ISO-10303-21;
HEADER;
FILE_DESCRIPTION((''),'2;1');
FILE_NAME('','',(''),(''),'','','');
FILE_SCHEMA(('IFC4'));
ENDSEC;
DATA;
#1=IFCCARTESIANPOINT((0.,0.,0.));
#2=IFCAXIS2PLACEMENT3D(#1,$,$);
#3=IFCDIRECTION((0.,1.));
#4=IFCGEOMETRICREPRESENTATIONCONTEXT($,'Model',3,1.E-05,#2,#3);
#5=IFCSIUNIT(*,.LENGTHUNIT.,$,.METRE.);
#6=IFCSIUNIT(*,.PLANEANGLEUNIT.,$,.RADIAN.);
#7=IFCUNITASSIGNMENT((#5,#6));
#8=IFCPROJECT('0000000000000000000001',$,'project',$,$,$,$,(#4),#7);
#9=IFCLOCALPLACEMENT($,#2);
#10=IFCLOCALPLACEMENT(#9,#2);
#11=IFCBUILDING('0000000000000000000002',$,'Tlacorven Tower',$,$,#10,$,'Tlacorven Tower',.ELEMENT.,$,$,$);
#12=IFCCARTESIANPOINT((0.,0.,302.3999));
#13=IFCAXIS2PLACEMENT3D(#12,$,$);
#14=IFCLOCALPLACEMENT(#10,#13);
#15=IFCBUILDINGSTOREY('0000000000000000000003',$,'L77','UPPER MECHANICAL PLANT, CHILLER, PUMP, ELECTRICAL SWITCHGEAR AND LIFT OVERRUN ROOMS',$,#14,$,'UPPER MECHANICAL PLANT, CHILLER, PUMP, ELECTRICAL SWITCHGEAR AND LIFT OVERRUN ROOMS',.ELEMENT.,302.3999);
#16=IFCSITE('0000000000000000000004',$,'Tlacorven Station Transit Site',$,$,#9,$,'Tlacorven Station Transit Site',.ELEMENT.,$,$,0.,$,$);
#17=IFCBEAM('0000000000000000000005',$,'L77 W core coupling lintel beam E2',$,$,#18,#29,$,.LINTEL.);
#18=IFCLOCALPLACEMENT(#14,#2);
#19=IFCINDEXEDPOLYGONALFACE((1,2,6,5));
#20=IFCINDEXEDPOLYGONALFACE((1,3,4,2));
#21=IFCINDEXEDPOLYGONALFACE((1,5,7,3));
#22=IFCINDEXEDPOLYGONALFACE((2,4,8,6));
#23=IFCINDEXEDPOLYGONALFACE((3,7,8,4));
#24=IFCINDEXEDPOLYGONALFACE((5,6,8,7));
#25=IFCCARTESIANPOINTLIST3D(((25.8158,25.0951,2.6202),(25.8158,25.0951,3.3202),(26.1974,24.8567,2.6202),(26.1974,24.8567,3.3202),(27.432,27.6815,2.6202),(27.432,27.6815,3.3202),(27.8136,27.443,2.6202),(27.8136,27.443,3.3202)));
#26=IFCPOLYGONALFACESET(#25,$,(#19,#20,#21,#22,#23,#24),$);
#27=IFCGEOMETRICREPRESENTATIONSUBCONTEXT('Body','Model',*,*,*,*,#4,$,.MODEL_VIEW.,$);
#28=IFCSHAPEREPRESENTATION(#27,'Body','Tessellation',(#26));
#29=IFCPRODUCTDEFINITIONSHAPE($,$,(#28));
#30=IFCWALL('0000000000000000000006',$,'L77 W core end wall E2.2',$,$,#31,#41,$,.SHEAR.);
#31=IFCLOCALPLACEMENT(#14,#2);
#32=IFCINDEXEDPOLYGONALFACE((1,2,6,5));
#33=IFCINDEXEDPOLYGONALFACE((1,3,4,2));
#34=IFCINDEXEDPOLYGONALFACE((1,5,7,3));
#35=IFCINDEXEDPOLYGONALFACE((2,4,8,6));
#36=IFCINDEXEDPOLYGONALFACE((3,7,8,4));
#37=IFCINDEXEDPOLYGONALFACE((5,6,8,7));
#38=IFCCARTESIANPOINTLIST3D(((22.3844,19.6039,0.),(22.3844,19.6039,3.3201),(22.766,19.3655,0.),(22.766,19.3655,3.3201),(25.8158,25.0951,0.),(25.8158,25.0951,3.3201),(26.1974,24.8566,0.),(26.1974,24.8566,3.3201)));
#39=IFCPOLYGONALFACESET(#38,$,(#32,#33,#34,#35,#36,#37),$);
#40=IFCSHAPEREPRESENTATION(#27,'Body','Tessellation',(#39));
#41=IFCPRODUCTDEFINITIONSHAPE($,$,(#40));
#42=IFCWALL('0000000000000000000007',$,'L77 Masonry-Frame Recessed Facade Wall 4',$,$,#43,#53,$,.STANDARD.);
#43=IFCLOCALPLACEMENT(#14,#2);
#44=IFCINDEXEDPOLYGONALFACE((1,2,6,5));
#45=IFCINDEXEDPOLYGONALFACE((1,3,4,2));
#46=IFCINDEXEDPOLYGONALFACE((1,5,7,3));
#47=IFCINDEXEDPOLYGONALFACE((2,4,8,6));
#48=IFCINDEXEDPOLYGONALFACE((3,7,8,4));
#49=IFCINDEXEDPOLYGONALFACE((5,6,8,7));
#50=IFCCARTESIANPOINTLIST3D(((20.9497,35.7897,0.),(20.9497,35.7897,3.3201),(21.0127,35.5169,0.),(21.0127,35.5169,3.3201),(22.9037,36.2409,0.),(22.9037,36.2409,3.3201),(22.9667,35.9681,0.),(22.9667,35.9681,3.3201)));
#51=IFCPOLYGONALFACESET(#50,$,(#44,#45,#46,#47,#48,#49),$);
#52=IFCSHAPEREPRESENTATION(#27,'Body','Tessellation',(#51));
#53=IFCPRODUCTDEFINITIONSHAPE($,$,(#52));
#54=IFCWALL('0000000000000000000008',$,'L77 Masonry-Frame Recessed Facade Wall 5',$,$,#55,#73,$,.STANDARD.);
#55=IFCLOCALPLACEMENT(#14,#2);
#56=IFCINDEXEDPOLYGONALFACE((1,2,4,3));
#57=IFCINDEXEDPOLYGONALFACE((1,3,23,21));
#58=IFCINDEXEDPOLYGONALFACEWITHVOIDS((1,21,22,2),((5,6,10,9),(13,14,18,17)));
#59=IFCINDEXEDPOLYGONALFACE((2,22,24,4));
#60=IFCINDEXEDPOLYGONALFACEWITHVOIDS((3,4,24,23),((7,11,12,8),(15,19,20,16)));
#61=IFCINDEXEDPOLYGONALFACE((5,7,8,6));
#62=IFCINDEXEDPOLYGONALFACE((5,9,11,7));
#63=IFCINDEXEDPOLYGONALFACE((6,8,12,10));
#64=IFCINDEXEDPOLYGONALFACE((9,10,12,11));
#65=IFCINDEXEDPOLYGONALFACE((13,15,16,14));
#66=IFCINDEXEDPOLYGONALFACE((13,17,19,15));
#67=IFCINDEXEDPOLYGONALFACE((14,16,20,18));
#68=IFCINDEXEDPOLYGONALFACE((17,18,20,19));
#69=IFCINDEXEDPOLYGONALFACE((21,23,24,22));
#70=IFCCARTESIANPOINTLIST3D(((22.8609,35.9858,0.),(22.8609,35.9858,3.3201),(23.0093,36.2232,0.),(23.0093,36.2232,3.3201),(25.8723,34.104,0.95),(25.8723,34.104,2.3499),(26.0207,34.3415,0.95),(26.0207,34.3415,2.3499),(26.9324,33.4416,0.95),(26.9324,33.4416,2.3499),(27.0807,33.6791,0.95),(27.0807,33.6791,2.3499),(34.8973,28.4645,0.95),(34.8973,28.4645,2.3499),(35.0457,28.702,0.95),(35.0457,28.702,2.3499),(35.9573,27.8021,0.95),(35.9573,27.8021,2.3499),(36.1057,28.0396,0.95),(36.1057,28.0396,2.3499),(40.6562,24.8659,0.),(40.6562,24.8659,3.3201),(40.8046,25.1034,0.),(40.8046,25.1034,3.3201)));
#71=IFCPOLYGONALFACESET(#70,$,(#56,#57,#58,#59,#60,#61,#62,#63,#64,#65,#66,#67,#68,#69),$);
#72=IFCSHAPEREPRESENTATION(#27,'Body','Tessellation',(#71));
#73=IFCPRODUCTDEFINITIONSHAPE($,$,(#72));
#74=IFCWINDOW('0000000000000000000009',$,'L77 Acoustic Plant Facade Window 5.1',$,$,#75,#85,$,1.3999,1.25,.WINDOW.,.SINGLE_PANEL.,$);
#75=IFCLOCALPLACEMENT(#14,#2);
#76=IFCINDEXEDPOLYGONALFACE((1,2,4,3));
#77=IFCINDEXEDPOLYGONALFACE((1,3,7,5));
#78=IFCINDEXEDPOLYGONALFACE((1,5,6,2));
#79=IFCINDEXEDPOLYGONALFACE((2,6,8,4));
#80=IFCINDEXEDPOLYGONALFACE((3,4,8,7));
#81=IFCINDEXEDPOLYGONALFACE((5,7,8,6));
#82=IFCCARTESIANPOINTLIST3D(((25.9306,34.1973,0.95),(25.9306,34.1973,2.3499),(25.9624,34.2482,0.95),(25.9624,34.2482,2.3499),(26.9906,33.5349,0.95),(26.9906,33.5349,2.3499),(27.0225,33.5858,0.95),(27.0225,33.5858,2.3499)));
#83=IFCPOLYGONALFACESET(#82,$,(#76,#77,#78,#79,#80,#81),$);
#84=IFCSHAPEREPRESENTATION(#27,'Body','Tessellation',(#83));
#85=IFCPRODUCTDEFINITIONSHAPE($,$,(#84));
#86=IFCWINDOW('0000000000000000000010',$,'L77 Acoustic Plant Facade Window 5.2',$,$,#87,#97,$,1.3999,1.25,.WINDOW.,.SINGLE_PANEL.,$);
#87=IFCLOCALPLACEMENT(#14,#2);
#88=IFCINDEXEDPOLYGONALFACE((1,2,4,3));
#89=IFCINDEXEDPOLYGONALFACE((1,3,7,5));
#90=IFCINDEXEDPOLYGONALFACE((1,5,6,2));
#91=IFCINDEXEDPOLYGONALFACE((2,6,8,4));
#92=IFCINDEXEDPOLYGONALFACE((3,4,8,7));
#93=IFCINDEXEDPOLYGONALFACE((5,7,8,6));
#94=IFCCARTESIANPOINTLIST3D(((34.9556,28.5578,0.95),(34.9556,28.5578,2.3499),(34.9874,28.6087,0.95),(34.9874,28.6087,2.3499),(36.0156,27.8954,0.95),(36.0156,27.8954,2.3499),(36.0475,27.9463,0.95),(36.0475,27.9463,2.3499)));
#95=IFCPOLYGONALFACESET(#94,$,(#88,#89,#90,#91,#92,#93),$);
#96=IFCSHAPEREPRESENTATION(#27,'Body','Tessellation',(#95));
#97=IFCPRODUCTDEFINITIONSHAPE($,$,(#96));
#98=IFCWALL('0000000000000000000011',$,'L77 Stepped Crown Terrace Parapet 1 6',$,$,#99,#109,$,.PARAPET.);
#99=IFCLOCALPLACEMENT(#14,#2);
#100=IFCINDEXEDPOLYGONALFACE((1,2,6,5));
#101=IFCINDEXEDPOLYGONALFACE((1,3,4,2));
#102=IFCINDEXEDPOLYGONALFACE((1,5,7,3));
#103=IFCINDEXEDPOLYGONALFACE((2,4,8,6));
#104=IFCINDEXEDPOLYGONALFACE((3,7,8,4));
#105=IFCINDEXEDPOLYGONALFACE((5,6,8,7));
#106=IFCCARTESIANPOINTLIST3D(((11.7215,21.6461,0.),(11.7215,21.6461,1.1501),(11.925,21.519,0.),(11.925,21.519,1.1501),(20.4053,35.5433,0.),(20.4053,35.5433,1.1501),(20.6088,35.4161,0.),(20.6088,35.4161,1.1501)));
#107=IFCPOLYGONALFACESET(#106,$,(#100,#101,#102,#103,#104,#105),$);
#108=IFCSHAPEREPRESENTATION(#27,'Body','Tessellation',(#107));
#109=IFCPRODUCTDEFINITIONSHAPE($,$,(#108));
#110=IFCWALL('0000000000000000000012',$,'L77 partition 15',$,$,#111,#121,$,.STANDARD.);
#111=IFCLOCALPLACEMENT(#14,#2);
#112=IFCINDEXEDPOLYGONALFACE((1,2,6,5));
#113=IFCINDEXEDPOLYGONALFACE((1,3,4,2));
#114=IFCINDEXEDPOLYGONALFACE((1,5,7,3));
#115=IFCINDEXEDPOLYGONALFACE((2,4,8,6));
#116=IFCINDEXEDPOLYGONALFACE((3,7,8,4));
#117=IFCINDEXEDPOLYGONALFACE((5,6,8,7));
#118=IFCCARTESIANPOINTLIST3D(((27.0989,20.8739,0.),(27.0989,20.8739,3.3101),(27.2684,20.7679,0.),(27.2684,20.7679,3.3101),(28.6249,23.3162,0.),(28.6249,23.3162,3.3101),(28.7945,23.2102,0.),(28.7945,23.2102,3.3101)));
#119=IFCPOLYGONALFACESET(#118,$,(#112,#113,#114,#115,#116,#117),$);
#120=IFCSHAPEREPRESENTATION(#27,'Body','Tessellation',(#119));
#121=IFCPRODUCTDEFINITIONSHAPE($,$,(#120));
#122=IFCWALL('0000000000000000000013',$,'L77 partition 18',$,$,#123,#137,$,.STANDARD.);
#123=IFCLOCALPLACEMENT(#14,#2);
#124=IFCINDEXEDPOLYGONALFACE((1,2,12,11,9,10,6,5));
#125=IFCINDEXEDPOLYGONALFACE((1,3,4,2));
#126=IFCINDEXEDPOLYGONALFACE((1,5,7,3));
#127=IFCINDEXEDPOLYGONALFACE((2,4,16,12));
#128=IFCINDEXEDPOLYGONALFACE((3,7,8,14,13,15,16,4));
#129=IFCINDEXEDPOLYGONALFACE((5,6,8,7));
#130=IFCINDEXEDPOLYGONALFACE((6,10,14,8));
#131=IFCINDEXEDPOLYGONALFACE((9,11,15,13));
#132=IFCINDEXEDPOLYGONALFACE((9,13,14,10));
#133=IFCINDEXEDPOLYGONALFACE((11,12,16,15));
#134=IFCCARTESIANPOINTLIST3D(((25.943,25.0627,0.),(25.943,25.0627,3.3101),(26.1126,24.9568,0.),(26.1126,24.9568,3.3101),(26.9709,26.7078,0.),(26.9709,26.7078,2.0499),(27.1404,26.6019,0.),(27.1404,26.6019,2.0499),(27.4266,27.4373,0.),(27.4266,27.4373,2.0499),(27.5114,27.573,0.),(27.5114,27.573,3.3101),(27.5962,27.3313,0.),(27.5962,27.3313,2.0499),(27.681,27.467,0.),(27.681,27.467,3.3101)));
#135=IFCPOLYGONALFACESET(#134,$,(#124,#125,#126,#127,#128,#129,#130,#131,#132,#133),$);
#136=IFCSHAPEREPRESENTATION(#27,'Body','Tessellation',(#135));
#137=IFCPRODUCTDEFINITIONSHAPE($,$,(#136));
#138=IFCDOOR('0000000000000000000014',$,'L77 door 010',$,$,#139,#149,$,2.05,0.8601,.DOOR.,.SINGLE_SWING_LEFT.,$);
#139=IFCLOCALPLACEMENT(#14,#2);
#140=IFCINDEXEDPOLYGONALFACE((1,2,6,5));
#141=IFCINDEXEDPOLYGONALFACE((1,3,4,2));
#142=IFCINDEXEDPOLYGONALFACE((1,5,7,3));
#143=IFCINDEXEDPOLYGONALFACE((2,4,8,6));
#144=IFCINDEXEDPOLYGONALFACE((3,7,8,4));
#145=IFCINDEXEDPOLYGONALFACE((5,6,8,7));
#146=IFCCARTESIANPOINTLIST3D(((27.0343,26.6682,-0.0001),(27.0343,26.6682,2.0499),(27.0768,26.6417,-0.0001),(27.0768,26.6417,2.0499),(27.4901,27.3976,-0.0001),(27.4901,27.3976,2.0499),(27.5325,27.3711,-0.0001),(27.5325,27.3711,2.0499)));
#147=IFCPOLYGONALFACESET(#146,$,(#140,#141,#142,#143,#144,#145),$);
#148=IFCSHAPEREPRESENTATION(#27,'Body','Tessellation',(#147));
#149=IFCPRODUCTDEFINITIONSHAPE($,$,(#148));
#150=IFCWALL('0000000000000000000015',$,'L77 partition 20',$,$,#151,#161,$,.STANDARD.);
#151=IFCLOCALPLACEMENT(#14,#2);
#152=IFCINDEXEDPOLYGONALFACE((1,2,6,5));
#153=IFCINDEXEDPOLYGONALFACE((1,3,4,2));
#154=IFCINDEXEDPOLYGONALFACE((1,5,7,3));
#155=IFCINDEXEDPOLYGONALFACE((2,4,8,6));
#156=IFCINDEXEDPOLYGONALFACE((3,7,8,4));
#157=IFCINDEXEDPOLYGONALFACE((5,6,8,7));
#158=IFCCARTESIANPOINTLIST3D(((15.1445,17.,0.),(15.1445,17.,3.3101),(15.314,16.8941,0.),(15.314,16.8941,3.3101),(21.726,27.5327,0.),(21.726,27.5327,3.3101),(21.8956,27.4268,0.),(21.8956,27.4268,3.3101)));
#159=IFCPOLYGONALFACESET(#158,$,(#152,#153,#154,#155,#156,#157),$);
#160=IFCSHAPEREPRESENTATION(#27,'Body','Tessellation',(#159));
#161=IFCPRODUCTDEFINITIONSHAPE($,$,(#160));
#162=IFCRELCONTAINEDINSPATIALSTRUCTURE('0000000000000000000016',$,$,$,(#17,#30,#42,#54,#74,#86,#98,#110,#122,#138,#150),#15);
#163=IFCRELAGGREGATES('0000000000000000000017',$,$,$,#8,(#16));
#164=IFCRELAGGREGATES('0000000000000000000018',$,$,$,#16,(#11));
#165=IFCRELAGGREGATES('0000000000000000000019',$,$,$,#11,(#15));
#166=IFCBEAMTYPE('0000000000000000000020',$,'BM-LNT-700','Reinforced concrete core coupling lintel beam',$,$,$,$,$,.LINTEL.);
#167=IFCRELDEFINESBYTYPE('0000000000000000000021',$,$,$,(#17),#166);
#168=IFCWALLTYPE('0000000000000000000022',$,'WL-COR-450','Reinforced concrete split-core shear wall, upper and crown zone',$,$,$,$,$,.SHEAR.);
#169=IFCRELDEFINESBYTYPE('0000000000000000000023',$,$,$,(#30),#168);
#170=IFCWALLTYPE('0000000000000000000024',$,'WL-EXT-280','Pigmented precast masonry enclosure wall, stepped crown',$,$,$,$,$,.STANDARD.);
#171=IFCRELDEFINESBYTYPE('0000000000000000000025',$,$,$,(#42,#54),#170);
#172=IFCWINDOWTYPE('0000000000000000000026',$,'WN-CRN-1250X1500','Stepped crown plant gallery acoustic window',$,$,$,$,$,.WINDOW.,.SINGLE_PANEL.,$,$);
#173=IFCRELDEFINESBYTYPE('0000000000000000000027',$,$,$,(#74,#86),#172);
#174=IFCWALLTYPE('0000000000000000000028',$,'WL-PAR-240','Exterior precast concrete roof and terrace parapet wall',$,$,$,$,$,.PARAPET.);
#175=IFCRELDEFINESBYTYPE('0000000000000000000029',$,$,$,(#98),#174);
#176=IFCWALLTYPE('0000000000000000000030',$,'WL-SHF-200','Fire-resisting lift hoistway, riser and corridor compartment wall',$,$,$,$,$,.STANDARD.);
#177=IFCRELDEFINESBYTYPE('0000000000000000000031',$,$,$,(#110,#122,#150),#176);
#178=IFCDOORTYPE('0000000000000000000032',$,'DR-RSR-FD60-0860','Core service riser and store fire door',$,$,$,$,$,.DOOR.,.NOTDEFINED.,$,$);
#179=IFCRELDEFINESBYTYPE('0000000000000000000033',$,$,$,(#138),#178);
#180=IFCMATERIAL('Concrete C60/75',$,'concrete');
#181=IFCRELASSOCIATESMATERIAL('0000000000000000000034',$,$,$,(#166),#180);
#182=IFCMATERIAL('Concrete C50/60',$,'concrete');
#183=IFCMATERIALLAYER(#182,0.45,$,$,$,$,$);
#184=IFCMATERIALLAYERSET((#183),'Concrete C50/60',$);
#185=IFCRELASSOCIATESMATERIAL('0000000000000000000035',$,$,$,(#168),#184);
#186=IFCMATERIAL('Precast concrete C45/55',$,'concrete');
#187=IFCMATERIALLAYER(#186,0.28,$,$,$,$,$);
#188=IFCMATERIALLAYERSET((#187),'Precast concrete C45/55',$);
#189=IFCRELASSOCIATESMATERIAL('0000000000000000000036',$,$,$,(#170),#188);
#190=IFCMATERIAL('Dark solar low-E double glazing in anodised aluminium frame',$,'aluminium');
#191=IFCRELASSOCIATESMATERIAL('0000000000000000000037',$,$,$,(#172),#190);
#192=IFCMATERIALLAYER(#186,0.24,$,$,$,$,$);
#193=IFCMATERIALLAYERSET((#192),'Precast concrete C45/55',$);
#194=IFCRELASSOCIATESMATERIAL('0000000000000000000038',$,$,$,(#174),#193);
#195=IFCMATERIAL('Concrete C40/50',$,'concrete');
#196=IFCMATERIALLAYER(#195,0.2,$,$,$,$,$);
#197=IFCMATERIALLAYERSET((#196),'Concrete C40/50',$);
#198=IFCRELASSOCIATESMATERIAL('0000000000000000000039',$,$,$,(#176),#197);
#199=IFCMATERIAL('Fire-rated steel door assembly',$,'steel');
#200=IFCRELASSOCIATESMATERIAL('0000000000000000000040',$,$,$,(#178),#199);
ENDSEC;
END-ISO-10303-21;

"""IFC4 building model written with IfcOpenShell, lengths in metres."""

from ifc_helpers import new_model, si_unit, direction, frame, frame_2d, origin, origin_2d, place, context, subcontext, project, spatial, rectangle, extrude, source, transform, mapped, material, layer, layer_set, material_profile, profile_set, type_object, element, fill, save


model = new_model("IFC4")

# Units and contexts
model_context = context("Model", 3, precision=1e-05, world=origin(), true_north=direction((0.0, 1.0)))
body_context = subcontext(model_context, "Body", "Model", "MODEL_VIEW")
ifc_project = project(units=[si_unit("LENGTHUNIT", "METRE"), si_unit("PLANEANGLEUNIT", "RADIAN")], contexts=[model_context])

# Site, building, storey
site_placement = place(None, origin())
site = spatial("IfcSite", under=ifc_project, at=site_placement, Name="Tlacorven Station Transit Site", LongName="Tlacorven Station Transit Site", CompositionType="ELEMENT", RefElevation=0.0)
building_placement = place(site_placement, origin())
building = spatial("IfcBuilding", under=site, at=building_placement, Name="Tlacorven Tower", LongName="Tlacorven Tower", CompositionType="ELEMENT")
storey_placement = place(building_placement, frame((0.0, 0.0, 302.3999)))
storey = spatial("IfcBuildingStorey", under=building, at=storey_placement, Name="L77", Description="UPPER MECHANICAL PLANT, CHILLER, PUMP, ELECTRICAL SWITCHGEAR AND LIFT OVERRUN ROOMS", LongName="UPPER MECHANICAL PLANT, CHILLER, PUMP, ELECTRICAL SWITCHGEAR AND LIFT OVERRUN ROOMS", CompositionType="ELEMENT", Elevation=302.3999)

# Beam
ifc_material_1 = material(Name="Concrete C60/75", Category="concrete")
ifc_material_profile = material_profile(ifc_material_1, rectangle(XDim=0.45, YDim=0.7, at=origin_2d()), Name="RC 450X700")
ifc_profile_set = profile_set([ifc_material_profile], Name="Concrete C60/75")
beam_type = type_object("IfcBeamType", Name="BM-LNT-700", Description="Reinforced concrete core coupling lintel beam", PredefinedType="LINTEL", material=ifc_profile_set)
shared_shape_1 = source(origin(), body_context, "Body", "SweptSolid", [
    extrude(rectangle(XDim=0.45, YDim=0.7, at=origin_2d()), origin(), (0.0, 0.0, 1.0), 3.0498),
])
beam_placement = place(storey_placement, frame((27.6228, 27.5623, 2.9702), z_axis=(-0.529927, -0.848043, 0.0), x_axis=(0.848043, -0.529927, 0.0)))
element("IfcBeam", 1, at=beam_placement, inside=storey, type_object=beam_type, Name="L77 W core coupling lintel beam E2", PredefinedType="LINTEL", context=body_context, shape_type="MappedRepresentation", body=[
    mapped(shared_shape_1, transform((0.0, 0.0, 0.0), scale=1.0)),
])

# Walls
ifc_material_2 = material(Name="Concrete C50/60", Category="concrete")
ifc_layer_1 = layer(ifc_material_2, 0.45)
ifc_layer_set_1 = layer_set([ifc_layer_1], Name="Concrete C50/60")
wall_type_1 = type_object("IfcWallType", Name="WL-COR-450", Description="Reinforced concrete split-core shear wall, upper and crown zone", PredefinedType="SHEAR", material=ifc_layer_set_1)
wall_1_placement = place(storey_placement, frame((26.0066, 24.9758, 0.0), z_axis=(0.0, 0.0, 1.0), x_axis=(-0.529931, -0.848041, 0.0)))
element("IfcWall", 2, at=wall_1_placement, inside=storey, type_object=wall_type_1, Name="L77 W core end wall E2.2", PredefinedType="SHEAR", context=body_context, shape_type="SweptSolid", body=[
    extrude(rectangle(XDim=6.4751, YDim=0.45, at=frame_2d((3.2375, 0.0))), origin(), (0.0, 0.0, 1.0), 3.3201),
])
ifc_material_3 = material(Name="Precast concrete C45/55", Category="concrete")
ifc_layer_2 = layer(ifc_material_3, 0.28)
ifc_layer_set_2 = layer_set([ifc_layer_2], Name="Precast concrete C45/55")
wall_type_2 = type_object("IfcWallType", Name="WL-EXT-280", Description="Pigmented precast masonry enclosure wall, stepped crown", PredefinedType="STANDARD", material=ifc_layer_set_2)
wall_2_placement = place(storey_placement, frame((20.9812, 35.6533, 0.0), z_axis=(0.0, 0.0, 1.0), x_axis=(0.97436, 0.224993, 0.0)))
element("IfcWall", 3, at=wall_2_placement, inside=storey, type_object=wall_type_2, Name="L77 Masonry-Frame Recessed Facade Wall 4", PredefinedType="STANDARD", context=body_context, shape_type="SweptSolid", body=[
    extrude(rectangle(XDim=2.0054, YDim=0.28, at=frame_2d((1.0027, 0.0))), origin(), (0.0, 0.0, 1.0), 3.3201),
])

# Wall, openings, windows
wall_3_placement = place(storey_placement, frame((22.9351, 36.1045, 0.0), z_axis=(0.0, 0.0, 1.0), x_axis=(0.848047, -0.529922, 0.0)))
wall_3 = element("IfcWall", 4, at=wall_3_placement, inside=storey, type_object=wall_type_2, Name="L77 Masonry-Frame Recessed Facade Wall 5", PredefinedType="STANDARD", context=body_context, shape_type="SweptSolid", body=[
    extrude(rectangle(XDim=20.9839, YDim=0.28, at=frame_2d((10.4919, 0.0))), origin(), (0.0, 0.0, 1.0), 3.3201),
])
opening_1_placement = place(wall_3_placement, frame((3.551, 0.0, 0.95)))
opening_1 = element("IfcOpeningElement", 5, at=opening_1_placement, cuts=wall_3, PredefinedType="OPENING", context=body_context, shape_type="SweptSolid", body=[
    extrude(rectangle(XDim=1.25, YDim=1.3999, at=frame_2d((0.625, 0.7))), frame((0.0, 0.1499, 0.0), z_axis=(0.0, -1.0, 0.0), x_axis=(1.0, 0.0, 0.0)), (0.0, 0.0, 1.0), 0.3),
])
opening_2_placement = place(wall_3_placement, frame((14.1931, 0.0, 0.95)))
opening_2 = element("IfcOpeningElement", 6, at=opening_2_placement, cuts=wall_3, PredefinedType="OPENING", context=body_context, shape_type="SweptSolid", body=[
    extrude(rectangle(XDim=1.25, YDim=1.3999, at=frame_2d((0.625, 0.7))), frame((0.0, 0.1499, 0.0), z_axis=(0.0, -1.0, 0.0), x_axis=(1.0, 0.0, 0.0)), (0.0, 0.0, 1.0), 0.3),
])
ifc_material_4 = material(Name="Dark solar low-E double glazing in anodised aluminium frame", Category="aluminium")
window_type = type_object("IfcWindowType", Name="WN-CRN-1250X1500", Description="Stepped crown plant gallery acoustic window", PartitioningType="SINGLE_PANEL", PredefinedType="WINDOW", material=ifc_material_4)
shared_shape_2 = source(origin(), body_context, "Body", "SweptSolid", [
    extrude(rectangle(XDim=1.25, YDim=1.3999, at=frame_2d((0.625, 0.7))), frame((0.0, 0.03, 0.0), z_axis=(0.0, -1.0, 0.0), x_axis=(1.0, 0.0, 0.0)), (0.0, 0.0, 1.0), 0.0601),
])
window_1_placement = place(opening_1_placement, origin())
window_1 = element("IfcWindow", 7, at=window_1_placement, inside=storey, type_object=window_type, Name="L77 Acoustic Plant Facade Window 5.1", OverallHeight=1.3999, OverallWidth=1.25, PartitioningType="SINGLE_PANEL", PredefinedType="WINDOW", context=body_context, shape_type="MappedRepresentation", body=[
    mapped(shared_shape_2, transform((0.0, 0.0, 0.0), scale=1.0)),
])
fill(opening_1, window_1)
window_2_placement = place(opening_2_placement, origin())
window_2 = element("IfcWindow", 8, at=window_2_placement, inside=storey, type_object=window_type, Name="L77 Acoustic Plant Facade Window 5.2", OverallHeight=1.3999, OverallWidth=1.25, PartitioningType="SINGLE_PANEL", PredefinedType="WINDOW", context=body_context, shape_type="MappedRepresentation", body=[
    mapped(shared_shape_2, transform((0.0, 0.0, 0.0), scale=1.0)),
])
fill(opening_2, window_2)

# Walls
ifc_layer_3 = layer(ifc_material_3, 0.24)
ifc_layer_set_3 = layer_set([ifc_layer_3], Name="Precast concrete C45/55")
wall_type_3 = type_object("IfcWallType", Name="WL-PAR-240", Description="Exterior precast concrete roof and terrace parapet wall", PredefinedType="PARAPET", material=ifc_layer_set_3)
wall_4_placement = place(storey_placement, frame((20.5071, 35.4797, 0.0), z_axis=(0.0, 0.0, 1.0), x_axis=(-0.529915, -0.848051, 0.0)))
element("IfcWall", 9, at=wall_4_placement, inside=storey, type_object=wall_type_3, Name="L77 Stepped Crown Terrace Parapet 1 6", PredefinedType="PARAPET", context=body_context, shape_type="SweptSolid", body=[
    extrude(rectangle(XDim=16.3872, YDim=0.24, at=frame_2d((8.1936, 0.0))), origin(), (0.0, 0.0, 1.0), 1.1501),
])
ifc_material_5 = material(Name="Concrete C40/50", Category="concrete")
ifc_layer_4 = layer(ifc_material_5, 0.2)
ifc_layer_set_4 = layer_set([ifc_layer_4], Name="Concrete C40/50")
wall_type_4 = type_object("IfcWallType", Name="WL-SHF-200", Description="Fire-resisting lift hoistway, riser and corridor compartment wall", PredefinedType="STANDARD", material=ifc_layer_set_4)
wall_5_placement = place(storey_placement, frame((28.7097, 23.2632, 0.0), z_axis=(0.0, 0.0, 1.0), x_axis=(-0.529907, -0.848055, 0.0)))
element("IfcWall", 10, at=wall_5_placement, inside=storey, type_object=wall_type_4, Name="L77 partition 15", PredefinedType="STANDARD", context=body_context, shape_type="SweptSolid", body=[
    extrude(rectangle(XDim=2.8799, YDim=0.2, at=frame_2d((1.4399, 0.0))), origin(), (0.0, 0.0, 1.0), 3.3101),
])

# Wall, opening, door
wall_6_placement = place(storey_placement, frame((27.5962, 27.52, 0.0), z_axis=(0.0, 0.0, 1.0), x_axis=(-0.529865, -0.848082, 0.0)))
wall_6 = element("IfcWall", 11, at=wall_6_placement, inside=storey, type_object=wall_type_4, Name="L77 partition 18", PredefinedType="STANDARD", context=body_context, shape_type="SweptSolid", body=[
    extrude(rectangle(XDim=2.96, YDim=0.2, at=frame_2d((1.48, 0.0))), origin(), (0.0, 0.0, 1.0), 3.3101),
])
opening_3_placement = place(wall_6_placement, frame((0.1599, 0.0, 0.0)))
opening_3 = element("IfcOpeningElement", 12, at=opening_3_placement, cuts=wall_6, PredefinedType="OPENING", context=body_context, shape_type="SweptSolid", body=[
    extrude(rectangle(XDim=0.8601, YDim=2.05, at=frame_2d((0.4302, 1.0249))), frame((0.0, 0.1099, 0.0), z_axis=(0.0, -1.0, 0.0), x_axis=(1.0, 0.0, 0.0)), (0.0, 0.0, 1.0), 0.22),
])
ifc_material_6 = material(Name="Fire-rated steel door assembly", Category="steel")
door_type_1 = type_object("IfcDoorType", Name="DR-RSR-FD60-0860", Description="Core service riser and store fire door", OperationType="NOTDEFINED", PredefinedType="DOOR", material=ifc_material_6)
shared_shape_3 = source(origin(), body_context, "Body", "SweptSolid", [
    extrude(rectangle(XDim=0.8601, YDim=2.05, at=frame_2d((0.4302, 1.0249))), frame((0.0, 0.0249, 0.0), z_axis=(0.0, -1.0, 0.0), x_axis=(1.0, 0.0, 0.0)), (0.0, 0.0, 1.0), 0.05),
])
door_1_placement = place(opening_3_placement, origin())
door_1 = element("IfcDoor", 13, at=door_1_placement, inside=storey, type_object=door_type_1, Name="L77 door 010", OperationType="SINGLE_SWING_LEFT", OverallHeight=2.05, OverallWidth=0.8601, PredefinedType="DOOR", context=body_context, shape_type="MappedRepresentation", body=[
    mapped(shared_shape_3, transform((0.0, 0.0, 0.0), scale=1.0)),
])
fill(opening_3, door_1)

# Wall
wall_7_placement = place(storey_placement, frame((21.8108, 27.4797, 0.0), z_axis=(0.0, 0.0, 1.0), x_axis=(-0.529918, -0.848049, 0.0)))
element("IfcWall", 14, at=wall_7_placement, inside=storey, type_object=wall_type_4, Name="L77 partition 20", PredefinedType="STANDARD", context=body_context, shape_type="SweptSolid", body=[
    extrude(rectangle(XDim=12.4199, YDim=0.2, at=frame_2d((6.21, 0.0))), origin(), (0.0, 0.0, 1.0), 3.3101),
])

save(model, "model.ifc")
